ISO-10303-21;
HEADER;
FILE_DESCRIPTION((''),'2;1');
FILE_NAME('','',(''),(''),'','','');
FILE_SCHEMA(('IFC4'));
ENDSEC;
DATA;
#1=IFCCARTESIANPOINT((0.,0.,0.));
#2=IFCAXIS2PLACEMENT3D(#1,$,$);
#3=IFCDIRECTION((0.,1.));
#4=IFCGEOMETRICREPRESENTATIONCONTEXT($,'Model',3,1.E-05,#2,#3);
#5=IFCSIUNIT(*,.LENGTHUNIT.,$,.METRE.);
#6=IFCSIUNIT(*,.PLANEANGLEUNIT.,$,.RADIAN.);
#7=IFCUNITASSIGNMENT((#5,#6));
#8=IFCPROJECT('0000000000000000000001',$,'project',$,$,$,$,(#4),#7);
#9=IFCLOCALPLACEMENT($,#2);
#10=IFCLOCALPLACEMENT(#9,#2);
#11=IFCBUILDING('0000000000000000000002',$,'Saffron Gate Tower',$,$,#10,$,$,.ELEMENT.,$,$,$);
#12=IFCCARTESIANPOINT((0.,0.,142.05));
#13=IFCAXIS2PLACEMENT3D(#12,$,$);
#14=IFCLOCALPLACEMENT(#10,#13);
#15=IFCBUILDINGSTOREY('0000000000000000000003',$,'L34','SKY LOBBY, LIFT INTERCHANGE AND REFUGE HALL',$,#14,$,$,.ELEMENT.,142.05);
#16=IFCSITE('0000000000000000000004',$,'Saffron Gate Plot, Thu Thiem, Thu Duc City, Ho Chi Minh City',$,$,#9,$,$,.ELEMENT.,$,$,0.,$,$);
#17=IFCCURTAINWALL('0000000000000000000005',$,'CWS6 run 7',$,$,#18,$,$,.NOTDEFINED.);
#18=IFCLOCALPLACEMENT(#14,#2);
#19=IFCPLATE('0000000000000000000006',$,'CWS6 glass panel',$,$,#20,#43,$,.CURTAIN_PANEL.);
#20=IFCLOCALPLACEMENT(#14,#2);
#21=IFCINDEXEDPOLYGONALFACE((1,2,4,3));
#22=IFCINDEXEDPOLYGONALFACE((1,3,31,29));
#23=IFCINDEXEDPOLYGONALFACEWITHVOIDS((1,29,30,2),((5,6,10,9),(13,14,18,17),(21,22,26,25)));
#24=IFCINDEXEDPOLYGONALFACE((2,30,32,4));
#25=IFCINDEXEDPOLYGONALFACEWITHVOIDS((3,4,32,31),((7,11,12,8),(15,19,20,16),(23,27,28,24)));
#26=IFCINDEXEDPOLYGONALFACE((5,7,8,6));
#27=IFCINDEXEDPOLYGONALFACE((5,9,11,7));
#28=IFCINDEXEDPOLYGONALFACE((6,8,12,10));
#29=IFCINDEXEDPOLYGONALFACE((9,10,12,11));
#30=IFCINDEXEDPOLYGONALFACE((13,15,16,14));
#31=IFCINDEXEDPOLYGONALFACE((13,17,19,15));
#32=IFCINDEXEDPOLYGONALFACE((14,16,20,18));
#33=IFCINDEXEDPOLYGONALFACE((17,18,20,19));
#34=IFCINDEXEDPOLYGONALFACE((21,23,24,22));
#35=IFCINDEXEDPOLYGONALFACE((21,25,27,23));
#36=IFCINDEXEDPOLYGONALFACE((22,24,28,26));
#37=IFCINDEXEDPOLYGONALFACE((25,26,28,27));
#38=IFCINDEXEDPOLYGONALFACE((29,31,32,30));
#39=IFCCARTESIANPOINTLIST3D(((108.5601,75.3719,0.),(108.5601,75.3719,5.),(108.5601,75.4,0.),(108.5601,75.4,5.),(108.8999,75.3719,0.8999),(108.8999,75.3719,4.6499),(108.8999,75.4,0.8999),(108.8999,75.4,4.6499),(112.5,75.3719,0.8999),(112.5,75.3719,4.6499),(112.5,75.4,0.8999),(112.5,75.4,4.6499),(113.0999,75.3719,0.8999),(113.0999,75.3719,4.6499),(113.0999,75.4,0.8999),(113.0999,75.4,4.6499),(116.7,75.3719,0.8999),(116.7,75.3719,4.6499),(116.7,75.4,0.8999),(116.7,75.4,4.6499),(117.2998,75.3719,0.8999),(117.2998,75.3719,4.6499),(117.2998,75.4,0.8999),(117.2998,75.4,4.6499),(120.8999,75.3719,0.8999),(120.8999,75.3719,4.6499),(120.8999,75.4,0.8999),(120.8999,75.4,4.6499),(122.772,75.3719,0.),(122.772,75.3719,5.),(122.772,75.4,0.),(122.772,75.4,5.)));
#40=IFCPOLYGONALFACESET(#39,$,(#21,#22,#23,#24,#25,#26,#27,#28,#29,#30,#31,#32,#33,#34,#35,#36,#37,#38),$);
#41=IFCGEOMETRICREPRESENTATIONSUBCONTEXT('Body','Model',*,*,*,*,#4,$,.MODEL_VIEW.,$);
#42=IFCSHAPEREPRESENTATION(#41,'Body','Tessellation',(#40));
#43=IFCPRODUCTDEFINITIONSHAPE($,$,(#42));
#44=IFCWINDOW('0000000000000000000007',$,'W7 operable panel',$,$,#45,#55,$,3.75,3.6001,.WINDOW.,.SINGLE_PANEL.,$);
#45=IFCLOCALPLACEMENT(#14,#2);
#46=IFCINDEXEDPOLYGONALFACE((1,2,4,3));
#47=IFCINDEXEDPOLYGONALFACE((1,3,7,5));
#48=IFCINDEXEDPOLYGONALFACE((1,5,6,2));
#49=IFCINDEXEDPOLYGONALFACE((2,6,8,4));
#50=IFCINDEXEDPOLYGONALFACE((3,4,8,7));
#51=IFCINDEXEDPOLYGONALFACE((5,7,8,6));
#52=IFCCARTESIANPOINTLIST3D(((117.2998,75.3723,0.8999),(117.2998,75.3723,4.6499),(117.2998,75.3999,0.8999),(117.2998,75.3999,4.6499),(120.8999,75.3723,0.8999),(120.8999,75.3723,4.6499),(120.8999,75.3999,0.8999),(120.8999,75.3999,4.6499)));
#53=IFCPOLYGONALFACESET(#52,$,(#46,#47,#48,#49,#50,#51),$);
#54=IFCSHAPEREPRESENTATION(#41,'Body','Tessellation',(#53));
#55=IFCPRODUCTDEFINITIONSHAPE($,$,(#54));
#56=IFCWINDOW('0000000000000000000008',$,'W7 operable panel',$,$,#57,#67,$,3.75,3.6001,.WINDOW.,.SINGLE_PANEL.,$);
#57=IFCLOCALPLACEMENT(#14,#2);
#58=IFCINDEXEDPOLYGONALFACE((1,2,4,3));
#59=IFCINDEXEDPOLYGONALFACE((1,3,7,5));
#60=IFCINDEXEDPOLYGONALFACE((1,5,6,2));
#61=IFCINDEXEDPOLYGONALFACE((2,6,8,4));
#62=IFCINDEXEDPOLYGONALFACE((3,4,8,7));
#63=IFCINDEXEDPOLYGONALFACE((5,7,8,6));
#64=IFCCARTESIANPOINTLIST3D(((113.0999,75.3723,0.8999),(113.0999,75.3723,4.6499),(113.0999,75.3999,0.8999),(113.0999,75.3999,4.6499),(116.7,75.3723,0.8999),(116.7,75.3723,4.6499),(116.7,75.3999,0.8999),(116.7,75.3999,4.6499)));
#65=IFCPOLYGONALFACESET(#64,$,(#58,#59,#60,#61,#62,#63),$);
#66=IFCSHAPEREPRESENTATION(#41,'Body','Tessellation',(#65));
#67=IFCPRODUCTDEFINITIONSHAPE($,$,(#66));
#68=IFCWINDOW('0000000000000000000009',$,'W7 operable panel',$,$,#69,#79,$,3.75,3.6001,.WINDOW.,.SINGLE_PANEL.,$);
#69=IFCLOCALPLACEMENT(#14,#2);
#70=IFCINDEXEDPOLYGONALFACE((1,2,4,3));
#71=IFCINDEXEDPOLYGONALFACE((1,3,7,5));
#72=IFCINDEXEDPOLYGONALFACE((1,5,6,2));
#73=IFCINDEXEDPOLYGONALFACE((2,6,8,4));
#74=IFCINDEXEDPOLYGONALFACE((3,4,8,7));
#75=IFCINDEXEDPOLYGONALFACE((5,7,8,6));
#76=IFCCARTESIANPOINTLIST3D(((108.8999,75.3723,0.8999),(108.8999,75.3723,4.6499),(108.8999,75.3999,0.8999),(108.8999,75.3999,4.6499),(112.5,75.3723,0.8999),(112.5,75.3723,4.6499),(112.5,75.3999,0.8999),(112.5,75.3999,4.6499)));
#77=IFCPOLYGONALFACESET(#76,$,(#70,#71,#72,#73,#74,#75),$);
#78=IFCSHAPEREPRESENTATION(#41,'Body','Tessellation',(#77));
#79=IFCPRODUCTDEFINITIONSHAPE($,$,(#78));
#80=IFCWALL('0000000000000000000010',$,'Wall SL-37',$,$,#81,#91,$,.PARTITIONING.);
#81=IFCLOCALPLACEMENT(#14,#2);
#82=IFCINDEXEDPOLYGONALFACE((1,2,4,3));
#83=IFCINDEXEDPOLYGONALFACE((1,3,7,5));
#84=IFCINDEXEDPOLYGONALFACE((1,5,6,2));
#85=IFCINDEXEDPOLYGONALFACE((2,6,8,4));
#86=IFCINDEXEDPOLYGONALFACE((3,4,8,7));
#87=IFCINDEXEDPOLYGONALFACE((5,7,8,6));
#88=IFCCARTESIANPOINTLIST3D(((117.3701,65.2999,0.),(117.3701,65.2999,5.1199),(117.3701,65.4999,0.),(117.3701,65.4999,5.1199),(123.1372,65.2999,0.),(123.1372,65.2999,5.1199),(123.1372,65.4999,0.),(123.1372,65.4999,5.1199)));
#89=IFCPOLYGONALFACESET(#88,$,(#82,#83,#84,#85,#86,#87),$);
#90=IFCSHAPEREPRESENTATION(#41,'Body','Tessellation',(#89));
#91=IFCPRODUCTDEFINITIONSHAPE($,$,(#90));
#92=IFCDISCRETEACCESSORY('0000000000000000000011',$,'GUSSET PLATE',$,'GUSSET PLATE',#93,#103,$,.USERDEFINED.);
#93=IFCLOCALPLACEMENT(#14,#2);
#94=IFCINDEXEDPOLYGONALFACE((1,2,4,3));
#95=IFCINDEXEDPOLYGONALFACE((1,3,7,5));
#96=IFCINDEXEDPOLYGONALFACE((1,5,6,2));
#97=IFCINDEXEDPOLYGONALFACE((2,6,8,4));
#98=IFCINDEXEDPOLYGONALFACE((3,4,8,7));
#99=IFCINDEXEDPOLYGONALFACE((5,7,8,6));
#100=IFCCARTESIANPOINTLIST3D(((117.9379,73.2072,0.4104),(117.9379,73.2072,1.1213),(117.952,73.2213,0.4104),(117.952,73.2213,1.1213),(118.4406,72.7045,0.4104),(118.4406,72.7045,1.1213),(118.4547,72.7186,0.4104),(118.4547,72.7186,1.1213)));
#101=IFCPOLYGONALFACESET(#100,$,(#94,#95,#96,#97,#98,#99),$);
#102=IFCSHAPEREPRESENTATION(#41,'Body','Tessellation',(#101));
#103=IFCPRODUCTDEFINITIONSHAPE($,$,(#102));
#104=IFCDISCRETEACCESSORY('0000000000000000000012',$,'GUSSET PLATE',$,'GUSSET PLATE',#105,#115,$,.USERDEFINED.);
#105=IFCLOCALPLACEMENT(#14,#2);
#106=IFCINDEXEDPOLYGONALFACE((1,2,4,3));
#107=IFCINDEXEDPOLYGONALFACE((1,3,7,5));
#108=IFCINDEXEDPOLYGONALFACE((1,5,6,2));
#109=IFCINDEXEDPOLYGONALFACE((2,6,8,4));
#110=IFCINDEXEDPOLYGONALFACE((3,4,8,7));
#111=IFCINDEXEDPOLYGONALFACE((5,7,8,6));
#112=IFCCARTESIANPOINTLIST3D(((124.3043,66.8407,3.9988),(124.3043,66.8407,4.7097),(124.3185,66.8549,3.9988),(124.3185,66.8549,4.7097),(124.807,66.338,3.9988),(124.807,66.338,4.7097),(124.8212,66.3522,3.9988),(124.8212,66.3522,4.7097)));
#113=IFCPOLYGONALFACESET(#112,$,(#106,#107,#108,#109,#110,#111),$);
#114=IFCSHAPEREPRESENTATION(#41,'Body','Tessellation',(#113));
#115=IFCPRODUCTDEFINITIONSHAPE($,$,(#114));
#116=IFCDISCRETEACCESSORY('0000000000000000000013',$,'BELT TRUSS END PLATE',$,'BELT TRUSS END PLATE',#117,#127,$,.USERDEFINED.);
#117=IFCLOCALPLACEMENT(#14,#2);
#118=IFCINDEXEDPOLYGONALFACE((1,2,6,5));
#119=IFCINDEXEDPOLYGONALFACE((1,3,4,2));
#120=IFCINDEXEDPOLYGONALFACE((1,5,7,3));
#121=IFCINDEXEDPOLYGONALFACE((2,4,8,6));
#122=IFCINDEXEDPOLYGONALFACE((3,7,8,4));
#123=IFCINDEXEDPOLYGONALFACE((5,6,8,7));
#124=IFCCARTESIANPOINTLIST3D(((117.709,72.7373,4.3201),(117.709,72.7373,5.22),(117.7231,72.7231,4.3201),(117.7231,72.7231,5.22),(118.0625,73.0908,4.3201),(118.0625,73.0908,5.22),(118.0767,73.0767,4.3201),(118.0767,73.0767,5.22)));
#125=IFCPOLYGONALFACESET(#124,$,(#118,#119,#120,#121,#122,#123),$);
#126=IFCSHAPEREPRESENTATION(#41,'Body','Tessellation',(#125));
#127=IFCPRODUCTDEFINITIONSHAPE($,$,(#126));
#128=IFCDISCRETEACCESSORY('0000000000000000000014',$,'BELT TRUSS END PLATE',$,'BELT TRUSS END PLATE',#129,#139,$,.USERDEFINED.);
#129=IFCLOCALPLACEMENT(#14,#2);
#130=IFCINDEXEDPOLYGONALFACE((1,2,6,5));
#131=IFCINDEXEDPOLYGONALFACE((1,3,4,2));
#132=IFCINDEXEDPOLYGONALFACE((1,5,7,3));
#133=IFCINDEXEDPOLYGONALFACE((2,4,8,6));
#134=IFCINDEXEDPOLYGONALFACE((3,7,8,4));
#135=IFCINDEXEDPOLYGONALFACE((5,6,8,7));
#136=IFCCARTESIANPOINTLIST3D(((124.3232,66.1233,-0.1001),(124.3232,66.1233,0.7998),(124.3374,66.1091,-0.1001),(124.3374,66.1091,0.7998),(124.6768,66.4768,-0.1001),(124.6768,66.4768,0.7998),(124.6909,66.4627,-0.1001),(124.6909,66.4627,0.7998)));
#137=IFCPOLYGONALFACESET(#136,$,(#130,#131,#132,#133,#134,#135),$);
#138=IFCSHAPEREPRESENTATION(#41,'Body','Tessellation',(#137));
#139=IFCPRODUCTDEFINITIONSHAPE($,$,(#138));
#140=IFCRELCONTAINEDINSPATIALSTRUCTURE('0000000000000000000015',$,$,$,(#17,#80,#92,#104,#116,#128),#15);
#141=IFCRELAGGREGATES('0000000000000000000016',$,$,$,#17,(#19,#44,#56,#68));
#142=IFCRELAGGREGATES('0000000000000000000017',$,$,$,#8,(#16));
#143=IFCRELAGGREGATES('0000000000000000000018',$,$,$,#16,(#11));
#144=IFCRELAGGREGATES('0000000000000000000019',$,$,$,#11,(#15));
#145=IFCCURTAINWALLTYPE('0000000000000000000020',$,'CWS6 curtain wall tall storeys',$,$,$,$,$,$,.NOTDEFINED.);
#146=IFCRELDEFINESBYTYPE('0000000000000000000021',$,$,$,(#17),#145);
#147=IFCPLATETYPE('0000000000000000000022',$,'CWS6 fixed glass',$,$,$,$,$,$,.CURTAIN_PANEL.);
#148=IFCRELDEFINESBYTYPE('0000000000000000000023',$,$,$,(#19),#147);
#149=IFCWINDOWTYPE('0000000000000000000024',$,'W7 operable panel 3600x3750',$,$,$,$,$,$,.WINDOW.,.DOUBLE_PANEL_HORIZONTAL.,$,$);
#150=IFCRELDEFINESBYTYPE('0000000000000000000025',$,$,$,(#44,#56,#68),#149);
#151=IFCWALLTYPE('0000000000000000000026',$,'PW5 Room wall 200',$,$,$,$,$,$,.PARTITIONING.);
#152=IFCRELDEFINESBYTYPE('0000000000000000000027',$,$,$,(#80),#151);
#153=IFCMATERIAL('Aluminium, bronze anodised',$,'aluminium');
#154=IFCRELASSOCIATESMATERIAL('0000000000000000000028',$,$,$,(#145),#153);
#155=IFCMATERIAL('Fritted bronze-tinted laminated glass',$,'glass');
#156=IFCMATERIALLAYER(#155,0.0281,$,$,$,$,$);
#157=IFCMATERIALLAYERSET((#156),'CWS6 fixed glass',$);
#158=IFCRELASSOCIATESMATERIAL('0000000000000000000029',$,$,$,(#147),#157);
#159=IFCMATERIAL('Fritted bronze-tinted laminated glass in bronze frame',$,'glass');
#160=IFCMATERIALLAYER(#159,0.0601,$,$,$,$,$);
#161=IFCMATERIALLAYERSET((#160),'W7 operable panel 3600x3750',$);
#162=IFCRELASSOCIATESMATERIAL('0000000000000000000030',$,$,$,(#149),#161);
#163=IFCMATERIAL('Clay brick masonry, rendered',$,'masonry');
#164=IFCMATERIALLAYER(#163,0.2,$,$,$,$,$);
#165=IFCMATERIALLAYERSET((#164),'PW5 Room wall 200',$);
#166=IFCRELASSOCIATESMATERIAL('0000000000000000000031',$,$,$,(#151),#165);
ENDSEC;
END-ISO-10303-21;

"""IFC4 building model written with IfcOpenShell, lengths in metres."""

from ifc_helpers import new_model, si_unit, direction, frame, frame_2d, origin, origin_2d, place, context, subcontext, project, spatial, rectangle, extrude, material, layer, layer_set, type_object, element, fill, aggregate, save


model = new_model("IFC4")

# Units and contexts
model_context = context("Model", 3, precision=1e-05, world=origin(), true_north=direction((0.0, 1.0)))
body_context = subcontext(model_context, "Body", "Model", "MODEL_VIEW")
ifc_project = project(units=[si_unit("LENGTHUNIT", "METRE"), si_unit("PLANEANGLEUNIT", "RADIAN")], contexts=[model_context])

# Site, building, storey
site_placement = place(None, origin())
site = spatial("IfcSite", under=ifc_project, at=site_placement, Name="Saffron Gate Plot, Thu Thiem, Thu Duc City, Ho Chi Minh City", CompositionType="ELEMENT", RefElevation=0.0)
building_placement = place(site_placement, origin())
building = spatial("IfcBuilding", under=site, at=building_placement, Name="Saffron Gate Tower", CompositionType="ELEMENT")
storey_placement = place(building_placement, frame((0.0, 0.0, 142.05)))
storey = spatial("IfcBuildingStorey", under=building, at=storey_placement, Name="L34", Description="SKY LOBBY, LIFT INTERCHANGE AND REFUGE HALL", CompositionType="ELEMENT", Elevation=142.05)

# Curtain wall
ifc_material_1 = material(Name="Aluminium, bronze anodised", Category="aluminium")
curtain_wall_type = type_object("IfcCurtainWallType", Name="CWS6 curtain wall tall storeys", PredefinedType="NOTDEFINED", material=ifc_material_1)
curtain_wall_1_placement = place(storey_placement, origin())
curtain_wall_1 = element("IfcCurtainWall", 1, at=curtain_wall_1_placement, inside=storey, type_object=curtain_wall_type, Name="CWS6 run 7", PredefinedType="NOTDEFINED")

# Shared definitions
ifc_material_2 = material(Name="Fritted bronze-tinted laminated glass", Category="glass")
ifc_layer_1 = layer(ifc_material_2, 0.0281)
ifc_layer_set_1 = layer_set([ifc_layer_1], Name="CWS6 fixed glass")
plate_type = type_object("IfcPlateType", Name="CWS6 fixed glass", PredefinedType="CURTAIN_PANEL", material=ifc_layer_set_1)

# Plate, openings, windows
plate_1_placement = place(storey_placement, frame((122.772, 75.386, 0.0), z_axis=(0.0, 0.0, 1.0), x_axis=(-1.0, 0.0, 0.0)))
plate_1 = element("IfcPlate", 2, at=plate_1_placement, type_object=plate_type, Name="CWS6 glass panel", PredefinedType="CURTAIN_PANEL", context=body_context, shape_type="SweptSolid", body=[
    extrude(rectangle(XDim=14.2119, YDim=0.0281, at=frame_2d((7.106, 0.0))), origin(), (0.0, 0.0, 1.0), 5.0),
])
opening_1_placement = place(plate_1_placement, frame((1.8721, 0.0, 0.8999)))
opening_1 = element("IfcOpeningElement", 3, at=opening_1_placement, cuts=plate_1, PredefinedType="OPENING", context=body_context, shape_type="SweptSolid", body=[
    extrude(rectangle(XDim=3.6001, YDim=3.75, at=frame_2d((1.8, 1.875))), frame((0.0, 0.0239, 0.0), z_axis=(0.0, -1.0, 0.0), x_axis=(1.0, 0.0, 0.0)), (0.0, 0.0, 1.0), 0.0481),
])
opening_2_placement = place(plate_1_placement, frame((6.072, 0.0, 0.8999)))
opening_2 = element("IfcOpeningElement", 4, at=opening_2_placement, cuts=plate_1, PredefinedType="OPENING", context=body_context, shape_type="SweptSolid", body=[
    extrude(rectangle(XDim=3.6001, YDim=3.75, at=frame_2d((1.8, 1.875))), frame((0.0, 0.0239, 0.0), z_axis=(0.0, -1.0, 0.0), x_axis=(1.0, 0.0, 0.0)), (0.0, 0.0, 1.0), 0.0481),
])
opening_3_placement = place(plate_1_placement, frame((10.272, 0.0, 0.8999)))
opening_3 = element("IfcOpeningElement", 5, at=opening_3_placement, cuts=plate_1, PredefinedType="OPENING", context=body_context, shape_type="SweptSolid", body=[
    extrude(rectangle(XDim=3.6001, YDim=3.75, at=frame_2d((1.8, 1.875))), frame((0.0, 0.0239, 0.0), z_axis=(0.0, -1.0, 0.0), x_axis=(1.0, 0.0, 0.0)), (0.0, 0.0, 1.0), 0.0481),
])
ifc_material_3 = material(Name="Fritted bronze-tinted laminated glass in bronze frame", Category="glass")
ifc_layer_2 = layer(ifc_material_3, 0.0601)
ifc_layer_set_2 = layer_set([ifc_layer_2], Name="W7 operable panel 3600x3750")
window_type = type_object("IfcWindowType", Name="W7 operable panel 3600x3750", PartitioningType="DOUBLE_PANEL_HORIZONTAL", PredefinedType="WINDOW", material=ifc_layer_set_2)
window_1_placement = place(opening_1_placement, origin())
window_1 = element("IfcWindow", 6, at=window_1_placement, type_object=window_type, Name="W7 operable panel", OverallHeight=3.75, OverallWidth=3.6001, PartitioningType="SINGLE_PANEL", PredefinedType="WINDOW", context=body_context, shape_type="SweptSolid", body=[
    extrude(rectangle(XDim=3.6001, YDim=3.75, at=frame_2d((1.8, 1.875))), frame((0.0, 0.0137, 0.0), z_axis=(0.0, -1.0, 0.0), x_axis=(1.0, 0.0, 0.0)), (0.0, 0.0, 1.0), 0.0276),
])
fill(opening_1, window_1)
window_2_placement = place(opening_2_placement, origin())
window_2 = element("IfcWindow", 7, at=window_2_placement, type_object=window_type, Name="W7 operable panel", OverallHeight=3.75, OverallWidth=3.6001, PartitioningType="SINGLE_PANEL", PredefinedType="WINDOW", context=body_context, shape_type="SweptSolid", body=[
    extrude(rectangle(XDim=3.6001, YDim=3.75, at=frame_2d((1.8, 1.875))), frame((0.0, 0.0137, 0.0), z_axis=(0.0, -1.0, 0.0), x_axis=(1.0, 0.0, 0.0)), (0.0, 0.0, 1.0), 0.0276),
])
fill(opening_2, window_2)
window_3_placement = place(opening_3_placement, origin())
window_3 = element("IfcWindow", 8, at=window_3_placement, type_object=window_type, Name="W7 operable panel", OverallHeight=3.75, OverallWidth=3.6001, PartitioningType="SINGLE_PANEL", PredefinedType="WINDOW", context=body_context, shape_type="SweptSolid", body=[
    extrude(rectangle(XDim=3.6001, YDim=3.75, at=frame_2d((1.8, 1.875))), frame((0.0, 0.0137, 0.0), z_axis=(0.0, -1.0, 0.0), x_axis=(1.0, 0.0, 0.0)), (0.0, 0.0, 1.0), 0.0276),
])
fill(opening_3, window_3)
aggregate(curtain_wall_1, [plate_1, window_1, window_2, window_3])

# Wall
ifc_material_4 = material(Name="Clay brick masonry, rendered", Category="masonry")
ifc_layer_3 = layer(ifc_material_4, 0.2)
ifc_layer_set_3 = layer_set([ifc_layer_3], Name="PW5 Room wall 200")
wall_type = type_object("IfcWallType", Name="PW5 Room wall 200", PredefinedType="PARTITIONING", material=ifc_layer_set_3)
wall_placement = place(storey_placement, frame((117.3701, 65.3999, 0.0), z_axis=(0.0, 0.0, 1.0), x_axis=(1.0, 0.0, 0.0)))
element("IfcWall", 9, at=wall_placement, inside=storey, type_object=wall_type, Name="Wall SL-37", PredefinedType="PARTITIONING", context=body_context, shape_type="SweptSolid", body=[
    extrude(rectangle(XDim=5.7671, YDim=0.2, at=frame_2d((2.8835, 0.0))), origin(), (0.0, 0.0, 1.0), 5.1199),
])

# Discrete accessories
for number, where, z_axis, x_axis, name in (
    (10, (118.1963, 72.9629, 0.4104), (0.0, 0.0, 1.0), (0.707107, -0.707107, 0.0), "GUSSET PLATE"),
    (11, (124.5627, 66.5964, 3.9988), (0.0, 0.0, 1.0), (0.707107, -0.707107, 0.0), "GUSSET PLATE"),
):
    element("IfcDiscreteAccessory", number, at=place(storey_placement, frame(where, z_axis=z_axis, x_axis=x_axis)), inside=storey, Name=name, ObjectType="GUSSET PLATE", PredefinedType="USERDEFINED", context=body_context, shape_type="SweptSolid", body=[
        extrude(rectangle(XDim=0.7109, YDim=0.02, at=origin_2d()), origin(), (0.0, 0.0, 1.0), 0.7109),
    ])
for number, where, z_axis, x_axis, name in (
    (12, (117.8928, 72.907, 4.3201), (0.0, 0.0, 1.0), (-0.707107, 0.707107, 0.0), "BELT TRUSS END PLATE"),
    (13, (124.5071, 66.293, -0.1001), (0.0, 0.0, 1.0), (0.707107, -0.707107, 0.0), "BELT TRUSS END PLATE"),
):
    element("IfcDiscreteAccessory", number, at=place(storey_placement, frame(where, z_axis=z_axis, x_axis=x_axis)), inside=storey, Name=name, ObjectType="BELT TRUSS END PLATE", PredefinedType="USERDEFINED", context=body_context, shape_type="SweptSolid", body=[
        extrude(rectangle(XDim=0.02, YDim=0.5, at=origin_2d()), origin(), (0.0, 0.0, 1.0), 0.8999),
    ])

save(model, "model.ifc")
